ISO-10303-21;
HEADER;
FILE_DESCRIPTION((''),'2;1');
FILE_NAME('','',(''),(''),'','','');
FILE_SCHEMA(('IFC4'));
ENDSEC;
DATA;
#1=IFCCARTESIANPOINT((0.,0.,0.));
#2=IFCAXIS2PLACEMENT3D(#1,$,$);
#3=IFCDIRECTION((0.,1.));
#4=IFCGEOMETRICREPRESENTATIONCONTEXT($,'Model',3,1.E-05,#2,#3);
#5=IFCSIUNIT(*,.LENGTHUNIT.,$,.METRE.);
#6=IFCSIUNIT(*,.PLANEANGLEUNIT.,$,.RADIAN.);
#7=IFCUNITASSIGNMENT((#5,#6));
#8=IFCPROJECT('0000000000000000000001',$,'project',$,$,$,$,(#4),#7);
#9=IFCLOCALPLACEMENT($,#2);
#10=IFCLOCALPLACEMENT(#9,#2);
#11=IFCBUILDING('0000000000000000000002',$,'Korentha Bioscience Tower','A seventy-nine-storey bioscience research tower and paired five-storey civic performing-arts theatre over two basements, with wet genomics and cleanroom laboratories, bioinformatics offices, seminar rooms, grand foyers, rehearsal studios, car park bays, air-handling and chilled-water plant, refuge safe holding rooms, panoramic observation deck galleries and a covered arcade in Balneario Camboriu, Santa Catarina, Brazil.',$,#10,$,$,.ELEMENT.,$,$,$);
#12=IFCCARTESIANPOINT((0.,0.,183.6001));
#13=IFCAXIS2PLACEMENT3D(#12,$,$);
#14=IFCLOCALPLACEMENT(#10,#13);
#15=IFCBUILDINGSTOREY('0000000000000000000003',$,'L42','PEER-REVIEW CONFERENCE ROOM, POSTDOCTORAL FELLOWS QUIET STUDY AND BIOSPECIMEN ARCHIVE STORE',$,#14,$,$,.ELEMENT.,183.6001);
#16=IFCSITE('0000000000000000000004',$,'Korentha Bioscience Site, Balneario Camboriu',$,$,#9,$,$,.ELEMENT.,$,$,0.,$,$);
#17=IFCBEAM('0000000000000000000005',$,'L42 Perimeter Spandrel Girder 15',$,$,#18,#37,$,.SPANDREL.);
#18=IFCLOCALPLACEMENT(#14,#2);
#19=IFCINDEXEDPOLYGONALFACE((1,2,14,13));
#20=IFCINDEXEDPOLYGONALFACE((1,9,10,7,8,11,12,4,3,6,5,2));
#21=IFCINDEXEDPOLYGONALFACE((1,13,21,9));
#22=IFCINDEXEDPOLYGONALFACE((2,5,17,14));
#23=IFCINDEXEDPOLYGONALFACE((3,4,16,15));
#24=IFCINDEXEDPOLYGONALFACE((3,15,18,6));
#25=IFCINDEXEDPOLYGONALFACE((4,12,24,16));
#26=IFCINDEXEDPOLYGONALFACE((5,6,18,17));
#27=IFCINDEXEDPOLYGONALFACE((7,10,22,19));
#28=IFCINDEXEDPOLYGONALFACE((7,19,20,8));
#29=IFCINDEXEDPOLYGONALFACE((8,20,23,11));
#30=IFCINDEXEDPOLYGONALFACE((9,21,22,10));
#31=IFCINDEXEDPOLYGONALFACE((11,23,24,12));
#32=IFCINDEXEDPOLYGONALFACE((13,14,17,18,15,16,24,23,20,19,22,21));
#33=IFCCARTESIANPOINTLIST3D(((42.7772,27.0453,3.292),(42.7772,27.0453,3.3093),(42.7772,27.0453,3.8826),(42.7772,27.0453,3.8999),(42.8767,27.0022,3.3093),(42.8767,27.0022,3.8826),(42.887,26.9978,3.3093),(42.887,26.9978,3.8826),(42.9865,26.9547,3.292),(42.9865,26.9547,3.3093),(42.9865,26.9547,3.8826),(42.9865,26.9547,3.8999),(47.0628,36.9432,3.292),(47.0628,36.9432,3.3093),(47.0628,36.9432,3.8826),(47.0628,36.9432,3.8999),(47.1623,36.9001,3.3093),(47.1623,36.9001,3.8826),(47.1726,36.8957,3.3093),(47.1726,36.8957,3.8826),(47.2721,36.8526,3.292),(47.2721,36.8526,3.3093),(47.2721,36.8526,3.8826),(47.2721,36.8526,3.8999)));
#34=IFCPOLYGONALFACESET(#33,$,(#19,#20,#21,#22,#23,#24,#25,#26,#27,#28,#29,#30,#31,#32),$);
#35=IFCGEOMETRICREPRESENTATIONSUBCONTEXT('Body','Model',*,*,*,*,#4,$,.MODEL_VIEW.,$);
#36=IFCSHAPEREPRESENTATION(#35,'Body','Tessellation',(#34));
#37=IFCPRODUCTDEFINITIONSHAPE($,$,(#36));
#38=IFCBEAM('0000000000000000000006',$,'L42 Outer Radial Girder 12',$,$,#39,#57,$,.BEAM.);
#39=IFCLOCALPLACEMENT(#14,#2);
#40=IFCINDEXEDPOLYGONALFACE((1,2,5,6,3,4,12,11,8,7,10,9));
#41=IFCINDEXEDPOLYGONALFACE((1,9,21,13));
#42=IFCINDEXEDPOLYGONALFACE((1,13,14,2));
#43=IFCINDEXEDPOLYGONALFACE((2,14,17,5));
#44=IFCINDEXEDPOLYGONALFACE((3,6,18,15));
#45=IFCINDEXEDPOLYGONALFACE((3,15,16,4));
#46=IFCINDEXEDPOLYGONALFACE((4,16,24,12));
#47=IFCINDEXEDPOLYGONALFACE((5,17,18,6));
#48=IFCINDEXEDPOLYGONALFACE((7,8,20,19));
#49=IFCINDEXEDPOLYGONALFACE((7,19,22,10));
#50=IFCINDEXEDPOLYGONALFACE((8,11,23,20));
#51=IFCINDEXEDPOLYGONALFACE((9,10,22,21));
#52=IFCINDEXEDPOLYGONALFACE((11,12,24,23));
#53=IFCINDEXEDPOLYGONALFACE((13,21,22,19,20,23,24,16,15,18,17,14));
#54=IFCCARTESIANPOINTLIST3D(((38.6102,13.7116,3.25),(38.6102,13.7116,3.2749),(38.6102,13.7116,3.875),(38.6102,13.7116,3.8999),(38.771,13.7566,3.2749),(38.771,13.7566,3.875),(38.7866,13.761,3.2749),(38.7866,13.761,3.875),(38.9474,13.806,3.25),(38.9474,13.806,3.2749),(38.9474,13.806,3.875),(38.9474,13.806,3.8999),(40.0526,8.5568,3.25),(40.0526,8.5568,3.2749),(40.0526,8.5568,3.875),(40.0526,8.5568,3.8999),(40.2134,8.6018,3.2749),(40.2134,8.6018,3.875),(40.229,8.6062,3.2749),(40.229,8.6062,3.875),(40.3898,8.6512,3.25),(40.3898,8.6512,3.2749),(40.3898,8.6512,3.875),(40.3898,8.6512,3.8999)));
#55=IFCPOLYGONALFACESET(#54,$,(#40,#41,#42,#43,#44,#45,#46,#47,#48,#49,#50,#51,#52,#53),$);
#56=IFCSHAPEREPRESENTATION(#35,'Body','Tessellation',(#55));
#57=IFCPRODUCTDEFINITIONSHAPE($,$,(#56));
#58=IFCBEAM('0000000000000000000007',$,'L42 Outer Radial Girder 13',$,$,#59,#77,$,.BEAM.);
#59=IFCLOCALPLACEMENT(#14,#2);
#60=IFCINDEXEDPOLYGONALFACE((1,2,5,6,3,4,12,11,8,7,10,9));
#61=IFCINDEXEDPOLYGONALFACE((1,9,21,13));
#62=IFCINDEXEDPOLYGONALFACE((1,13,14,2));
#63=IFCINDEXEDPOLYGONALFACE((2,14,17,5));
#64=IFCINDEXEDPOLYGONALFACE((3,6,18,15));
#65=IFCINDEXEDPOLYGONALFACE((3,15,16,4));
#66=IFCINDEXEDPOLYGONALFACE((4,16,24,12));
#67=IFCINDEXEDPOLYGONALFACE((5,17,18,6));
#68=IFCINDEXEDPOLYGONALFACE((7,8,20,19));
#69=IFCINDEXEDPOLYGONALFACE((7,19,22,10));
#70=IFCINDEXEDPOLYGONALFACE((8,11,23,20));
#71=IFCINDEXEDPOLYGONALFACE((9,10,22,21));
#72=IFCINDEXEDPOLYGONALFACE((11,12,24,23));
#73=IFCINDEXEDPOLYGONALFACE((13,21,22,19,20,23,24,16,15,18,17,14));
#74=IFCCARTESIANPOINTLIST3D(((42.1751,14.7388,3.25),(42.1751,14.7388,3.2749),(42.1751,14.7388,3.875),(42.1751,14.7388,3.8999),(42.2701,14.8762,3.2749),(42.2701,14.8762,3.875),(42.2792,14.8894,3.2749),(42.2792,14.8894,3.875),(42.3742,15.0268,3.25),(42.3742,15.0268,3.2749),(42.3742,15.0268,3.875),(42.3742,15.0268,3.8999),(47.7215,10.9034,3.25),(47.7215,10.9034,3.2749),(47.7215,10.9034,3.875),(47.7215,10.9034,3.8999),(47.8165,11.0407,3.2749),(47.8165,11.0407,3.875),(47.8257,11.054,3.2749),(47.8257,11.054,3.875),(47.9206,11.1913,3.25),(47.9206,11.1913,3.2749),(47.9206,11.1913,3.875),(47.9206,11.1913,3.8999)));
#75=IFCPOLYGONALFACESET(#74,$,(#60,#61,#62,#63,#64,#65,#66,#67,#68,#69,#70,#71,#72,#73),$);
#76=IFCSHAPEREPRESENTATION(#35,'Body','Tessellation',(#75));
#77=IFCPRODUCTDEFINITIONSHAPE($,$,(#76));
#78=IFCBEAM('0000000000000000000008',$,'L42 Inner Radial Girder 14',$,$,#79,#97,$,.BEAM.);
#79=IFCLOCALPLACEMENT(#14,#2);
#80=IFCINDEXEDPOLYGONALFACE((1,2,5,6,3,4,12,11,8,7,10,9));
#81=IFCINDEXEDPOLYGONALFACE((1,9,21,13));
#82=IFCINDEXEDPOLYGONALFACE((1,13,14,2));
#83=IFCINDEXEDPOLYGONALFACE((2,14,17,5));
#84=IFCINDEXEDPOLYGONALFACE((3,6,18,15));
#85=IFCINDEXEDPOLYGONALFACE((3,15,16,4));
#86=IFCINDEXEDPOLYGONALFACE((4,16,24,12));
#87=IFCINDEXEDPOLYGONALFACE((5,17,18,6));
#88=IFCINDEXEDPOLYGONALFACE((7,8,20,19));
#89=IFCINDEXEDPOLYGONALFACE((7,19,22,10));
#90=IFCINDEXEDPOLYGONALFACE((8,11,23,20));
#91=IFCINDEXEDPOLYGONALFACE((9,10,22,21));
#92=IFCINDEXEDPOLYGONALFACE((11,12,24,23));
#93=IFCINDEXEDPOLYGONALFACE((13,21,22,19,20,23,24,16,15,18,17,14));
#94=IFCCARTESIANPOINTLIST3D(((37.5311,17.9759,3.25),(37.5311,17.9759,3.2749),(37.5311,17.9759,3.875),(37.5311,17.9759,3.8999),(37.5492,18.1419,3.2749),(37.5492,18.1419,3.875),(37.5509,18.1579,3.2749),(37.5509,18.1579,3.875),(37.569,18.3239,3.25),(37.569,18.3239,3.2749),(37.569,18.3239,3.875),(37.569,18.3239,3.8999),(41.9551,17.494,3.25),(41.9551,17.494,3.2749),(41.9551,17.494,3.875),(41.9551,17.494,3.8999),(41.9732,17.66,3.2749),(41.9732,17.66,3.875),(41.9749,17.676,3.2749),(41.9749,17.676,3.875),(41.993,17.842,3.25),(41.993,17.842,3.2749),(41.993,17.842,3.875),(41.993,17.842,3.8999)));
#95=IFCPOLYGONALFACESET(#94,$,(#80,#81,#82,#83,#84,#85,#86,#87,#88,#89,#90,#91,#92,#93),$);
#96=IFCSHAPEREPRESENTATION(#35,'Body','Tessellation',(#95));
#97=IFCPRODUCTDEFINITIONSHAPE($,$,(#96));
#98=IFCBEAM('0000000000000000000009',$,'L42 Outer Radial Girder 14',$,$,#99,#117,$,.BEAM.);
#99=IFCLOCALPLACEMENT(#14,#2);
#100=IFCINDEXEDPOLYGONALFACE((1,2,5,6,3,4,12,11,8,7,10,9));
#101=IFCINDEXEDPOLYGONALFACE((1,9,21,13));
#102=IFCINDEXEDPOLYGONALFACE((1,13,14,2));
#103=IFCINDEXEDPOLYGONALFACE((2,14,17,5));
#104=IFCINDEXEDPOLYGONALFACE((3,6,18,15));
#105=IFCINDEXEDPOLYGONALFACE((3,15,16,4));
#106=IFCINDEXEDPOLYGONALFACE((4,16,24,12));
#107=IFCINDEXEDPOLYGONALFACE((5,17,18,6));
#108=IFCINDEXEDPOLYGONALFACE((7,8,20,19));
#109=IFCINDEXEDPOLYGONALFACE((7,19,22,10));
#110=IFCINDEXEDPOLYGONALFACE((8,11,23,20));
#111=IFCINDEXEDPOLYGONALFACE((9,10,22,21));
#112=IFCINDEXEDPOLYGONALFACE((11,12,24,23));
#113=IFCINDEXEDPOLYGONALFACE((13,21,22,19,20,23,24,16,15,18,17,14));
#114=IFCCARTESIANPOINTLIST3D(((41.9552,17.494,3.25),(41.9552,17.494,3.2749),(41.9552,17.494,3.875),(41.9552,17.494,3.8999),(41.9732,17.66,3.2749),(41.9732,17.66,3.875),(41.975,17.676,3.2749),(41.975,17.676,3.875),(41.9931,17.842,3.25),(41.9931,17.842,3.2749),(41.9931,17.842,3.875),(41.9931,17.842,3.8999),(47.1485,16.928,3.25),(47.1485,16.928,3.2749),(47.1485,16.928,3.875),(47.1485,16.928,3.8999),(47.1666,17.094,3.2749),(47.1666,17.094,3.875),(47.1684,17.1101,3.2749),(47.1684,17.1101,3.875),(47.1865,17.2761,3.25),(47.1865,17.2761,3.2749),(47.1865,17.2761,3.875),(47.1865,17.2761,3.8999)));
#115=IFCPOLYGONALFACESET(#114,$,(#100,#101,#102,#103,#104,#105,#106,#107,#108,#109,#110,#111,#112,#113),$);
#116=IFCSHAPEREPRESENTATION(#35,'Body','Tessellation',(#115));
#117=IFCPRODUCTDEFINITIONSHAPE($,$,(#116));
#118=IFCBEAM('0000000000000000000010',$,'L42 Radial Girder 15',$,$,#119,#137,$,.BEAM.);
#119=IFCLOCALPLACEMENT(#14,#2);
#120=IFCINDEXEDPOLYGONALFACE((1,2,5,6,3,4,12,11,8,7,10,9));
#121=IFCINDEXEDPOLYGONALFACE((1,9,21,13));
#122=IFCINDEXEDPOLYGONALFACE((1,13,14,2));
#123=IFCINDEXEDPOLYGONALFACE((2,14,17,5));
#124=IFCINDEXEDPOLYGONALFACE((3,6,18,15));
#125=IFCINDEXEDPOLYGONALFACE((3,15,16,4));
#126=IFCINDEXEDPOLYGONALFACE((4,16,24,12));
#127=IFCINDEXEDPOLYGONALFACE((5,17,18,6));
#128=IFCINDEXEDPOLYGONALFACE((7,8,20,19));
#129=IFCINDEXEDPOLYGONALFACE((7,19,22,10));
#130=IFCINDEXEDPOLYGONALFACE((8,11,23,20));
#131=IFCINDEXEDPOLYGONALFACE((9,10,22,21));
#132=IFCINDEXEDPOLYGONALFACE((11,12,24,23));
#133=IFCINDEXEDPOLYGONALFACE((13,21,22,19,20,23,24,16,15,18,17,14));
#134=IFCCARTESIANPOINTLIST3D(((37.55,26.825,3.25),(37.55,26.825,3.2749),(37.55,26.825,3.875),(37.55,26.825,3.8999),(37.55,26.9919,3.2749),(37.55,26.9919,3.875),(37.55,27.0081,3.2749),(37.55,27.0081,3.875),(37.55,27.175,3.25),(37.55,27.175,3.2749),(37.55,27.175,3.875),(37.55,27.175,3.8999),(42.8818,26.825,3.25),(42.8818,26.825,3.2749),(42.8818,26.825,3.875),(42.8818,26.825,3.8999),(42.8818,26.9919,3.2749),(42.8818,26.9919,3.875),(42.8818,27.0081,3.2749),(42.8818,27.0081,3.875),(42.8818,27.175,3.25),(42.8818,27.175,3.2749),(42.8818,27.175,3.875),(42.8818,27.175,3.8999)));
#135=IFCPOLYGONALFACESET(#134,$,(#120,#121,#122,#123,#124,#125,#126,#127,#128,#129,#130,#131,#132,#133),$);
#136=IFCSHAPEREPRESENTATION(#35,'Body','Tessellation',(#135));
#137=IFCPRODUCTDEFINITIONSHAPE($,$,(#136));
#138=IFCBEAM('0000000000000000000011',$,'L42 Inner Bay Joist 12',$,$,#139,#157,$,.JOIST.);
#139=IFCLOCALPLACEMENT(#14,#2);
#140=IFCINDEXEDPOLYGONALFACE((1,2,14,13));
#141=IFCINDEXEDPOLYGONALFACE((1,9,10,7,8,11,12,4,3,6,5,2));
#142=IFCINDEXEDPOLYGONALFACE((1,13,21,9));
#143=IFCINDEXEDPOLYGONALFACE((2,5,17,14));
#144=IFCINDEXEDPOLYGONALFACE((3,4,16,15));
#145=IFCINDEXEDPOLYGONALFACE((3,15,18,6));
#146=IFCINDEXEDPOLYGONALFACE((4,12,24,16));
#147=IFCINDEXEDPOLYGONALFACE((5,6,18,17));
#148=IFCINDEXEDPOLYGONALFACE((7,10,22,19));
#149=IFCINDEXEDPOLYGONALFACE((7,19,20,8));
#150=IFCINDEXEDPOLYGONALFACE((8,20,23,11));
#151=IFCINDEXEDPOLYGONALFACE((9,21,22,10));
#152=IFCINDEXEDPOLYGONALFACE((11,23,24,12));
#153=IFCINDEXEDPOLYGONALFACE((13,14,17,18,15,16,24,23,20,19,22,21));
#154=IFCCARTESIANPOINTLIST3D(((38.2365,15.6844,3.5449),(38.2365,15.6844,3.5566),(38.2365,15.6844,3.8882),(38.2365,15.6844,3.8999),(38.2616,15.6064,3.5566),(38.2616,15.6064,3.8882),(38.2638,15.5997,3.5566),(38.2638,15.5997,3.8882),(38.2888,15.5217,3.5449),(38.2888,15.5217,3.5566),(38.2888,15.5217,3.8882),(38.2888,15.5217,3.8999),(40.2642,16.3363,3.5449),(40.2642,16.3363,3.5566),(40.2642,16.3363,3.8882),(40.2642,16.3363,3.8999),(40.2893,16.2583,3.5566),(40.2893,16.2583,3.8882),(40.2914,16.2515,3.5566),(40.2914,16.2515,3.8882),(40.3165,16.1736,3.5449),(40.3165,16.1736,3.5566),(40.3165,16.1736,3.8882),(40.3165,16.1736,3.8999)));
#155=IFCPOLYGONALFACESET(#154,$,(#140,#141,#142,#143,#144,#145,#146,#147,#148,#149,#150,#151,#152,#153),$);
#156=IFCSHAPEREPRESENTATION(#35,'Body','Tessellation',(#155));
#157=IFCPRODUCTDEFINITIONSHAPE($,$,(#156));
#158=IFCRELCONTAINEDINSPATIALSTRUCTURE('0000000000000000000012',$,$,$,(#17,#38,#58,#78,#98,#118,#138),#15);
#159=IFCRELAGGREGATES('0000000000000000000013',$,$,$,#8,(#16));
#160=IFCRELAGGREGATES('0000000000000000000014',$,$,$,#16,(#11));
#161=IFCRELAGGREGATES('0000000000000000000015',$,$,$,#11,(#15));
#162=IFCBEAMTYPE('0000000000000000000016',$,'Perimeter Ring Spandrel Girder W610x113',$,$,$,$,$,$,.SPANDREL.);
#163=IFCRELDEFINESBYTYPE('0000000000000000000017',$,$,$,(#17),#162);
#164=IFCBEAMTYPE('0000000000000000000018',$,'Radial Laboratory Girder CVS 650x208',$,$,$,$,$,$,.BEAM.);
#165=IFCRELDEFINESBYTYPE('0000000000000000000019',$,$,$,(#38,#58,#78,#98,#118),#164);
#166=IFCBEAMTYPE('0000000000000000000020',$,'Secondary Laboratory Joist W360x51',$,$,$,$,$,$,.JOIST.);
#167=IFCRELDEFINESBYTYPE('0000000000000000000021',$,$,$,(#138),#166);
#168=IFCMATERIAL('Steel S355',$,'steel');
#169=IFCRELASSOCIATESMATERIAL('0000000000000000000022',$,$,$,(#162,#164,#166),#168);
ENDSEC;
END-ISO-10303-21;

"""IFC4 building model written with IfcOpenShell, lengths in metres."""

from ifc_helpers import new_model, si_unit, direction, frame, origin, origin_2d, place, context, subcontext, project, spatial, i_section, extrude, material, material_profile, profile_set, type_object, element, save


model = new_model("IFC4")

# Units and contexts
model_context = context("Model", 3, precision=1e-05, world=origin(), true_north=direction((0.0, 1.0)))
body_context = subcontext(model_context, "Body", "Model", "MODEL_VIEW")
ifc_project = project(units=[si_unit("LENGTHUNIT", "METRE"), si_unit("PLANEANGLEUNIT", "RADIAN")], contexts=[model_context])

# Site, building, storey
site_placement = place(None, origin())
site = spatial("IfcSite", under=ifc_project, at=site_placement, Name="Korentha Bioscience Site, Balneario Camboriu", CompositionType="ELEMENT", RefElevation=0.0)
building_placement = place(site_placement, origin())
building = spatial("IfcBuilding", under=site, at=building_placement, Name="Korentha Bioscience Tower", Description="A seventy-nine-storey bioscience research tower and paired five-storey civic performing-arts theatre over two basements, with wet genomics and cleanroom laboratories, bioinformatics offices, seminar rooms, grand foyers, rehearsal studios, car park bays, air-handling and chilled-water plant, refuge safe holding rooms, panoramic observation deck galleries and a covered arcade in Balneario Camboriu, Santa Catarina, Brazil.", CompositionType="ELEMENT")
storey_placement = place(building_placement, frame((0.0, 0.0, 183.6001)))
storey = spatial("IfcBuildingStorey", under=building, at=storey_placement, Name="L42", Description="PEER-REVIEW CONFERENCE ROOM, POSTDOCTORAL FELLOWS QUIET STUDY AND BIOSPECIMEN ARCHIVE STORE", CompositionType="ELEMENT", Elevation=183.6001)

# Beams
ifc_material_1 = material(Name="Steel S355", Category="steel")
ifc_material_profile_1 = material_profile(ifc_material_1, i_section(OverallWidth=0.228, OverallDepth=0.6079, WebThickness=0.0112, FlangeThickness=0.0173, at=origin_2d()), Name="Steel S355")
ifc_profile_set_1 = profile_set([ifc_material_profile_1], Name="Steel S355 (SB-610)")
beam_type_1 = type_object("IfcBeamType", Name="Perimeter Ring Spandrel Girder W610x113", PredefinedType="SPANDREL", material=ifc_profile_set_1)
for number, where, z_axis, x_axis, name in (
    (1, (42.8818, 27.0, 3.5959), (0.397337, 0.917673, 0.0), (-0.917673, 0.397337, 0.0), "L42 Perimeter Spandrel Girder 15"),
):
    element("IfcBeam", number, at=place(storey_placement, frame(where, z_axis=z_axis, x_axis=x_axis)), inside=storey, type_object=beam_type_1, Name=name, PredefinedType="SPANDREL", context=body_context, shape_type="SweptSolid", body=[
        extrude(i_section(OverallWidth=0.228, OverallDepth=0.6079, WebThickness=0.0112, FlangeThickness=0.0173, at=origin_2d()), origin(), (0.0, 0.0, 1.0), 10.7859),
    ])
ifc_material_profile_2 = material_profile(ifc_material_1, i_section(OverallWidth=0.3501, OverallDepth=0.6499, WebThickness=0.0161, FlangeThickness=0.0249, at=origin_2d()), Name="Steel S355")
ifc_profile_set_2 = profile_set([ifc_material_profile_2], Name="Steel S355 (RB-650)")
beam_type_2 = type_object("IfcBeamType", Name="Radial Laboratory Girder CVS 650x208", PredefinedType="BEAM", material=ifc_profile_set_2)
beam_1_placement = place(storey_placement, frame((38.7788, 13.7588, 3.575), z_axis=(0.269464, -0.96301, 0.0), x_axis=(0.96301, 0.269464, 0.0)))
element("IfcBeam", 2, at=beam_1_placement, inside=storey, type_object=beam_type_2, Name="L42 Outer Radial Girder 12", PredefinedType="BEAM", context=body_context, shape_type="SweptSolid", body=[
    extrude(i_section(OverallWidth=0.3501, OverallDepth=0.6499, WebThickness=0.0161, FlangeThickness=0.0249, at=origin_2d()), origin(), (0.0, 0.0, 1.0), 5.3528),
])
beam_2_placement = place(storey_placement, frame((42.2747, 14.8828, 3.575), z_axis=(0.822494, -0.568773, 0.0), x_axis=(0.568773, 0.822494, 0.0)))
element("IfcBeam", 3, at=beam_2_placement, inside=storey, type_object=beam_type_2, Name="L42 Outer Radial Girder 13", PredefinedType="BEAM", context=body_context, shape_type="SweptSolid", body=[
    extrude(i_section(OverallWidth=0.3501, OverallDepth=0.6499, WebThickness=0.0161, FlangeThickness=0.0249, at=origin_2d()), origin(), (0.0, 0.0, 1.0), 6.7434),
])
beam_3_placement = place(storey_placement, frame((37.55, 18.1499, 3.575), z_axis=(0.994119, -0.108294, 0.0), x_axis=(0.108294, 0.994119, 0.0)))
element("IfcBeam", 4, at=beam_3_placement, inside=storey, type_object=beam_type_2, Name="L42 Inner Radial Girder 14", PredefinedType="BEAM", context=body_context, shape_type="SweptSolid", body=[
    extrude(i_section(OverallWidth=0.3501, OverallDepth=0.6499, WebThickness=0.0161, FlangeThickness=0.0249, at=origin_2d()), origin(), (0.0, 0.0, 1.0), 4.4502),
])
beam_4_placement = place(storey_placement, frame((41.9741, 17.668, 3.575), z_axis=(0.994115, -0.108328, 0.0), x_axis=(0.108328, 0.994115, 0.0)))
element("IfcBeam", 5, at=beam_4_placement, inside=storey, type_object=beam_type_2, Name="L42 Outer Radial Girder 14", PredefinedType="BEAM", context=body_context, shape_type="SweptSolid", body=[
    extrude(i_section(OverallWidth=0.3501, OverallDepth=0.6499, WebThickness=0.0161, FlangeThickness=0.0249, at=origin_2d()), origin(), (0.0, 0.0, 1.0), 5.2241),
])
beam_5_placement = place(storey_placement, frame((37.55, 27.0, 3.575), z_axis=(1.0, 0.0, 0.0), x_axis=(0.0, 1.0, 0.0)))
element("IfcBeam", 6, at=beam_5_placement, inside=storey, type_object=beam_type_2, Name="L42 Radial Girder 15", PredefinedType="BEAM", context=body_context, shape_type="SweptSolid", body=[
    extrude(i_section(OverallWidth=0.3501, OverallDepth=0.6499, WebThickness=0.0161, FlangeThickness=0.0249, at=origin_2d()), origin(), (0.0, 0.0, 1.0), 5.3318),
])
ifc_material_profile_3 = material_profile(ifc_material_1, i_section(OverallWidth=0.1709, OverallDepth=0.355, WebThickness=0.0071, FlangeThickness=0.0117, at=origin_2d()), Name="Steel S355")
ifc_profile_set_3 = profile_set([ifc_material_profile_3], Name="Steel S355 (JB-360)")
beam_type_3 = type_object("IfcBeamType", Name="Secondary Laboratory Joist W360x51", PredefinedType="JOIST", material=ifc_profile_set_3)
beam_6_placement = place(storey_placement, frame((38.2627, 15.603, 3.7224), z_axis=(0.952011, 0.306065, 0.0), x_axis=(-0.306065, 0.952011, 0.0)))
element("IfcBeam", 7, at=beam_6_placement, inside=storey, type_object=beam_type_3, Name="L42 Inner Bay Joist 12", PredefinedType="JOIST", context=body_context, shape_type="SweptSolid", body=[
    extrude(i_section(OverallWidth=0.1709, OverallDepth=0.355, WebThickness=0.0071, FlangeThickness=0.0117, at=origin_2d()), origin(), (0.0, 0.0, 1.0), 2.1299),
])

save(model, "model.ifc")
